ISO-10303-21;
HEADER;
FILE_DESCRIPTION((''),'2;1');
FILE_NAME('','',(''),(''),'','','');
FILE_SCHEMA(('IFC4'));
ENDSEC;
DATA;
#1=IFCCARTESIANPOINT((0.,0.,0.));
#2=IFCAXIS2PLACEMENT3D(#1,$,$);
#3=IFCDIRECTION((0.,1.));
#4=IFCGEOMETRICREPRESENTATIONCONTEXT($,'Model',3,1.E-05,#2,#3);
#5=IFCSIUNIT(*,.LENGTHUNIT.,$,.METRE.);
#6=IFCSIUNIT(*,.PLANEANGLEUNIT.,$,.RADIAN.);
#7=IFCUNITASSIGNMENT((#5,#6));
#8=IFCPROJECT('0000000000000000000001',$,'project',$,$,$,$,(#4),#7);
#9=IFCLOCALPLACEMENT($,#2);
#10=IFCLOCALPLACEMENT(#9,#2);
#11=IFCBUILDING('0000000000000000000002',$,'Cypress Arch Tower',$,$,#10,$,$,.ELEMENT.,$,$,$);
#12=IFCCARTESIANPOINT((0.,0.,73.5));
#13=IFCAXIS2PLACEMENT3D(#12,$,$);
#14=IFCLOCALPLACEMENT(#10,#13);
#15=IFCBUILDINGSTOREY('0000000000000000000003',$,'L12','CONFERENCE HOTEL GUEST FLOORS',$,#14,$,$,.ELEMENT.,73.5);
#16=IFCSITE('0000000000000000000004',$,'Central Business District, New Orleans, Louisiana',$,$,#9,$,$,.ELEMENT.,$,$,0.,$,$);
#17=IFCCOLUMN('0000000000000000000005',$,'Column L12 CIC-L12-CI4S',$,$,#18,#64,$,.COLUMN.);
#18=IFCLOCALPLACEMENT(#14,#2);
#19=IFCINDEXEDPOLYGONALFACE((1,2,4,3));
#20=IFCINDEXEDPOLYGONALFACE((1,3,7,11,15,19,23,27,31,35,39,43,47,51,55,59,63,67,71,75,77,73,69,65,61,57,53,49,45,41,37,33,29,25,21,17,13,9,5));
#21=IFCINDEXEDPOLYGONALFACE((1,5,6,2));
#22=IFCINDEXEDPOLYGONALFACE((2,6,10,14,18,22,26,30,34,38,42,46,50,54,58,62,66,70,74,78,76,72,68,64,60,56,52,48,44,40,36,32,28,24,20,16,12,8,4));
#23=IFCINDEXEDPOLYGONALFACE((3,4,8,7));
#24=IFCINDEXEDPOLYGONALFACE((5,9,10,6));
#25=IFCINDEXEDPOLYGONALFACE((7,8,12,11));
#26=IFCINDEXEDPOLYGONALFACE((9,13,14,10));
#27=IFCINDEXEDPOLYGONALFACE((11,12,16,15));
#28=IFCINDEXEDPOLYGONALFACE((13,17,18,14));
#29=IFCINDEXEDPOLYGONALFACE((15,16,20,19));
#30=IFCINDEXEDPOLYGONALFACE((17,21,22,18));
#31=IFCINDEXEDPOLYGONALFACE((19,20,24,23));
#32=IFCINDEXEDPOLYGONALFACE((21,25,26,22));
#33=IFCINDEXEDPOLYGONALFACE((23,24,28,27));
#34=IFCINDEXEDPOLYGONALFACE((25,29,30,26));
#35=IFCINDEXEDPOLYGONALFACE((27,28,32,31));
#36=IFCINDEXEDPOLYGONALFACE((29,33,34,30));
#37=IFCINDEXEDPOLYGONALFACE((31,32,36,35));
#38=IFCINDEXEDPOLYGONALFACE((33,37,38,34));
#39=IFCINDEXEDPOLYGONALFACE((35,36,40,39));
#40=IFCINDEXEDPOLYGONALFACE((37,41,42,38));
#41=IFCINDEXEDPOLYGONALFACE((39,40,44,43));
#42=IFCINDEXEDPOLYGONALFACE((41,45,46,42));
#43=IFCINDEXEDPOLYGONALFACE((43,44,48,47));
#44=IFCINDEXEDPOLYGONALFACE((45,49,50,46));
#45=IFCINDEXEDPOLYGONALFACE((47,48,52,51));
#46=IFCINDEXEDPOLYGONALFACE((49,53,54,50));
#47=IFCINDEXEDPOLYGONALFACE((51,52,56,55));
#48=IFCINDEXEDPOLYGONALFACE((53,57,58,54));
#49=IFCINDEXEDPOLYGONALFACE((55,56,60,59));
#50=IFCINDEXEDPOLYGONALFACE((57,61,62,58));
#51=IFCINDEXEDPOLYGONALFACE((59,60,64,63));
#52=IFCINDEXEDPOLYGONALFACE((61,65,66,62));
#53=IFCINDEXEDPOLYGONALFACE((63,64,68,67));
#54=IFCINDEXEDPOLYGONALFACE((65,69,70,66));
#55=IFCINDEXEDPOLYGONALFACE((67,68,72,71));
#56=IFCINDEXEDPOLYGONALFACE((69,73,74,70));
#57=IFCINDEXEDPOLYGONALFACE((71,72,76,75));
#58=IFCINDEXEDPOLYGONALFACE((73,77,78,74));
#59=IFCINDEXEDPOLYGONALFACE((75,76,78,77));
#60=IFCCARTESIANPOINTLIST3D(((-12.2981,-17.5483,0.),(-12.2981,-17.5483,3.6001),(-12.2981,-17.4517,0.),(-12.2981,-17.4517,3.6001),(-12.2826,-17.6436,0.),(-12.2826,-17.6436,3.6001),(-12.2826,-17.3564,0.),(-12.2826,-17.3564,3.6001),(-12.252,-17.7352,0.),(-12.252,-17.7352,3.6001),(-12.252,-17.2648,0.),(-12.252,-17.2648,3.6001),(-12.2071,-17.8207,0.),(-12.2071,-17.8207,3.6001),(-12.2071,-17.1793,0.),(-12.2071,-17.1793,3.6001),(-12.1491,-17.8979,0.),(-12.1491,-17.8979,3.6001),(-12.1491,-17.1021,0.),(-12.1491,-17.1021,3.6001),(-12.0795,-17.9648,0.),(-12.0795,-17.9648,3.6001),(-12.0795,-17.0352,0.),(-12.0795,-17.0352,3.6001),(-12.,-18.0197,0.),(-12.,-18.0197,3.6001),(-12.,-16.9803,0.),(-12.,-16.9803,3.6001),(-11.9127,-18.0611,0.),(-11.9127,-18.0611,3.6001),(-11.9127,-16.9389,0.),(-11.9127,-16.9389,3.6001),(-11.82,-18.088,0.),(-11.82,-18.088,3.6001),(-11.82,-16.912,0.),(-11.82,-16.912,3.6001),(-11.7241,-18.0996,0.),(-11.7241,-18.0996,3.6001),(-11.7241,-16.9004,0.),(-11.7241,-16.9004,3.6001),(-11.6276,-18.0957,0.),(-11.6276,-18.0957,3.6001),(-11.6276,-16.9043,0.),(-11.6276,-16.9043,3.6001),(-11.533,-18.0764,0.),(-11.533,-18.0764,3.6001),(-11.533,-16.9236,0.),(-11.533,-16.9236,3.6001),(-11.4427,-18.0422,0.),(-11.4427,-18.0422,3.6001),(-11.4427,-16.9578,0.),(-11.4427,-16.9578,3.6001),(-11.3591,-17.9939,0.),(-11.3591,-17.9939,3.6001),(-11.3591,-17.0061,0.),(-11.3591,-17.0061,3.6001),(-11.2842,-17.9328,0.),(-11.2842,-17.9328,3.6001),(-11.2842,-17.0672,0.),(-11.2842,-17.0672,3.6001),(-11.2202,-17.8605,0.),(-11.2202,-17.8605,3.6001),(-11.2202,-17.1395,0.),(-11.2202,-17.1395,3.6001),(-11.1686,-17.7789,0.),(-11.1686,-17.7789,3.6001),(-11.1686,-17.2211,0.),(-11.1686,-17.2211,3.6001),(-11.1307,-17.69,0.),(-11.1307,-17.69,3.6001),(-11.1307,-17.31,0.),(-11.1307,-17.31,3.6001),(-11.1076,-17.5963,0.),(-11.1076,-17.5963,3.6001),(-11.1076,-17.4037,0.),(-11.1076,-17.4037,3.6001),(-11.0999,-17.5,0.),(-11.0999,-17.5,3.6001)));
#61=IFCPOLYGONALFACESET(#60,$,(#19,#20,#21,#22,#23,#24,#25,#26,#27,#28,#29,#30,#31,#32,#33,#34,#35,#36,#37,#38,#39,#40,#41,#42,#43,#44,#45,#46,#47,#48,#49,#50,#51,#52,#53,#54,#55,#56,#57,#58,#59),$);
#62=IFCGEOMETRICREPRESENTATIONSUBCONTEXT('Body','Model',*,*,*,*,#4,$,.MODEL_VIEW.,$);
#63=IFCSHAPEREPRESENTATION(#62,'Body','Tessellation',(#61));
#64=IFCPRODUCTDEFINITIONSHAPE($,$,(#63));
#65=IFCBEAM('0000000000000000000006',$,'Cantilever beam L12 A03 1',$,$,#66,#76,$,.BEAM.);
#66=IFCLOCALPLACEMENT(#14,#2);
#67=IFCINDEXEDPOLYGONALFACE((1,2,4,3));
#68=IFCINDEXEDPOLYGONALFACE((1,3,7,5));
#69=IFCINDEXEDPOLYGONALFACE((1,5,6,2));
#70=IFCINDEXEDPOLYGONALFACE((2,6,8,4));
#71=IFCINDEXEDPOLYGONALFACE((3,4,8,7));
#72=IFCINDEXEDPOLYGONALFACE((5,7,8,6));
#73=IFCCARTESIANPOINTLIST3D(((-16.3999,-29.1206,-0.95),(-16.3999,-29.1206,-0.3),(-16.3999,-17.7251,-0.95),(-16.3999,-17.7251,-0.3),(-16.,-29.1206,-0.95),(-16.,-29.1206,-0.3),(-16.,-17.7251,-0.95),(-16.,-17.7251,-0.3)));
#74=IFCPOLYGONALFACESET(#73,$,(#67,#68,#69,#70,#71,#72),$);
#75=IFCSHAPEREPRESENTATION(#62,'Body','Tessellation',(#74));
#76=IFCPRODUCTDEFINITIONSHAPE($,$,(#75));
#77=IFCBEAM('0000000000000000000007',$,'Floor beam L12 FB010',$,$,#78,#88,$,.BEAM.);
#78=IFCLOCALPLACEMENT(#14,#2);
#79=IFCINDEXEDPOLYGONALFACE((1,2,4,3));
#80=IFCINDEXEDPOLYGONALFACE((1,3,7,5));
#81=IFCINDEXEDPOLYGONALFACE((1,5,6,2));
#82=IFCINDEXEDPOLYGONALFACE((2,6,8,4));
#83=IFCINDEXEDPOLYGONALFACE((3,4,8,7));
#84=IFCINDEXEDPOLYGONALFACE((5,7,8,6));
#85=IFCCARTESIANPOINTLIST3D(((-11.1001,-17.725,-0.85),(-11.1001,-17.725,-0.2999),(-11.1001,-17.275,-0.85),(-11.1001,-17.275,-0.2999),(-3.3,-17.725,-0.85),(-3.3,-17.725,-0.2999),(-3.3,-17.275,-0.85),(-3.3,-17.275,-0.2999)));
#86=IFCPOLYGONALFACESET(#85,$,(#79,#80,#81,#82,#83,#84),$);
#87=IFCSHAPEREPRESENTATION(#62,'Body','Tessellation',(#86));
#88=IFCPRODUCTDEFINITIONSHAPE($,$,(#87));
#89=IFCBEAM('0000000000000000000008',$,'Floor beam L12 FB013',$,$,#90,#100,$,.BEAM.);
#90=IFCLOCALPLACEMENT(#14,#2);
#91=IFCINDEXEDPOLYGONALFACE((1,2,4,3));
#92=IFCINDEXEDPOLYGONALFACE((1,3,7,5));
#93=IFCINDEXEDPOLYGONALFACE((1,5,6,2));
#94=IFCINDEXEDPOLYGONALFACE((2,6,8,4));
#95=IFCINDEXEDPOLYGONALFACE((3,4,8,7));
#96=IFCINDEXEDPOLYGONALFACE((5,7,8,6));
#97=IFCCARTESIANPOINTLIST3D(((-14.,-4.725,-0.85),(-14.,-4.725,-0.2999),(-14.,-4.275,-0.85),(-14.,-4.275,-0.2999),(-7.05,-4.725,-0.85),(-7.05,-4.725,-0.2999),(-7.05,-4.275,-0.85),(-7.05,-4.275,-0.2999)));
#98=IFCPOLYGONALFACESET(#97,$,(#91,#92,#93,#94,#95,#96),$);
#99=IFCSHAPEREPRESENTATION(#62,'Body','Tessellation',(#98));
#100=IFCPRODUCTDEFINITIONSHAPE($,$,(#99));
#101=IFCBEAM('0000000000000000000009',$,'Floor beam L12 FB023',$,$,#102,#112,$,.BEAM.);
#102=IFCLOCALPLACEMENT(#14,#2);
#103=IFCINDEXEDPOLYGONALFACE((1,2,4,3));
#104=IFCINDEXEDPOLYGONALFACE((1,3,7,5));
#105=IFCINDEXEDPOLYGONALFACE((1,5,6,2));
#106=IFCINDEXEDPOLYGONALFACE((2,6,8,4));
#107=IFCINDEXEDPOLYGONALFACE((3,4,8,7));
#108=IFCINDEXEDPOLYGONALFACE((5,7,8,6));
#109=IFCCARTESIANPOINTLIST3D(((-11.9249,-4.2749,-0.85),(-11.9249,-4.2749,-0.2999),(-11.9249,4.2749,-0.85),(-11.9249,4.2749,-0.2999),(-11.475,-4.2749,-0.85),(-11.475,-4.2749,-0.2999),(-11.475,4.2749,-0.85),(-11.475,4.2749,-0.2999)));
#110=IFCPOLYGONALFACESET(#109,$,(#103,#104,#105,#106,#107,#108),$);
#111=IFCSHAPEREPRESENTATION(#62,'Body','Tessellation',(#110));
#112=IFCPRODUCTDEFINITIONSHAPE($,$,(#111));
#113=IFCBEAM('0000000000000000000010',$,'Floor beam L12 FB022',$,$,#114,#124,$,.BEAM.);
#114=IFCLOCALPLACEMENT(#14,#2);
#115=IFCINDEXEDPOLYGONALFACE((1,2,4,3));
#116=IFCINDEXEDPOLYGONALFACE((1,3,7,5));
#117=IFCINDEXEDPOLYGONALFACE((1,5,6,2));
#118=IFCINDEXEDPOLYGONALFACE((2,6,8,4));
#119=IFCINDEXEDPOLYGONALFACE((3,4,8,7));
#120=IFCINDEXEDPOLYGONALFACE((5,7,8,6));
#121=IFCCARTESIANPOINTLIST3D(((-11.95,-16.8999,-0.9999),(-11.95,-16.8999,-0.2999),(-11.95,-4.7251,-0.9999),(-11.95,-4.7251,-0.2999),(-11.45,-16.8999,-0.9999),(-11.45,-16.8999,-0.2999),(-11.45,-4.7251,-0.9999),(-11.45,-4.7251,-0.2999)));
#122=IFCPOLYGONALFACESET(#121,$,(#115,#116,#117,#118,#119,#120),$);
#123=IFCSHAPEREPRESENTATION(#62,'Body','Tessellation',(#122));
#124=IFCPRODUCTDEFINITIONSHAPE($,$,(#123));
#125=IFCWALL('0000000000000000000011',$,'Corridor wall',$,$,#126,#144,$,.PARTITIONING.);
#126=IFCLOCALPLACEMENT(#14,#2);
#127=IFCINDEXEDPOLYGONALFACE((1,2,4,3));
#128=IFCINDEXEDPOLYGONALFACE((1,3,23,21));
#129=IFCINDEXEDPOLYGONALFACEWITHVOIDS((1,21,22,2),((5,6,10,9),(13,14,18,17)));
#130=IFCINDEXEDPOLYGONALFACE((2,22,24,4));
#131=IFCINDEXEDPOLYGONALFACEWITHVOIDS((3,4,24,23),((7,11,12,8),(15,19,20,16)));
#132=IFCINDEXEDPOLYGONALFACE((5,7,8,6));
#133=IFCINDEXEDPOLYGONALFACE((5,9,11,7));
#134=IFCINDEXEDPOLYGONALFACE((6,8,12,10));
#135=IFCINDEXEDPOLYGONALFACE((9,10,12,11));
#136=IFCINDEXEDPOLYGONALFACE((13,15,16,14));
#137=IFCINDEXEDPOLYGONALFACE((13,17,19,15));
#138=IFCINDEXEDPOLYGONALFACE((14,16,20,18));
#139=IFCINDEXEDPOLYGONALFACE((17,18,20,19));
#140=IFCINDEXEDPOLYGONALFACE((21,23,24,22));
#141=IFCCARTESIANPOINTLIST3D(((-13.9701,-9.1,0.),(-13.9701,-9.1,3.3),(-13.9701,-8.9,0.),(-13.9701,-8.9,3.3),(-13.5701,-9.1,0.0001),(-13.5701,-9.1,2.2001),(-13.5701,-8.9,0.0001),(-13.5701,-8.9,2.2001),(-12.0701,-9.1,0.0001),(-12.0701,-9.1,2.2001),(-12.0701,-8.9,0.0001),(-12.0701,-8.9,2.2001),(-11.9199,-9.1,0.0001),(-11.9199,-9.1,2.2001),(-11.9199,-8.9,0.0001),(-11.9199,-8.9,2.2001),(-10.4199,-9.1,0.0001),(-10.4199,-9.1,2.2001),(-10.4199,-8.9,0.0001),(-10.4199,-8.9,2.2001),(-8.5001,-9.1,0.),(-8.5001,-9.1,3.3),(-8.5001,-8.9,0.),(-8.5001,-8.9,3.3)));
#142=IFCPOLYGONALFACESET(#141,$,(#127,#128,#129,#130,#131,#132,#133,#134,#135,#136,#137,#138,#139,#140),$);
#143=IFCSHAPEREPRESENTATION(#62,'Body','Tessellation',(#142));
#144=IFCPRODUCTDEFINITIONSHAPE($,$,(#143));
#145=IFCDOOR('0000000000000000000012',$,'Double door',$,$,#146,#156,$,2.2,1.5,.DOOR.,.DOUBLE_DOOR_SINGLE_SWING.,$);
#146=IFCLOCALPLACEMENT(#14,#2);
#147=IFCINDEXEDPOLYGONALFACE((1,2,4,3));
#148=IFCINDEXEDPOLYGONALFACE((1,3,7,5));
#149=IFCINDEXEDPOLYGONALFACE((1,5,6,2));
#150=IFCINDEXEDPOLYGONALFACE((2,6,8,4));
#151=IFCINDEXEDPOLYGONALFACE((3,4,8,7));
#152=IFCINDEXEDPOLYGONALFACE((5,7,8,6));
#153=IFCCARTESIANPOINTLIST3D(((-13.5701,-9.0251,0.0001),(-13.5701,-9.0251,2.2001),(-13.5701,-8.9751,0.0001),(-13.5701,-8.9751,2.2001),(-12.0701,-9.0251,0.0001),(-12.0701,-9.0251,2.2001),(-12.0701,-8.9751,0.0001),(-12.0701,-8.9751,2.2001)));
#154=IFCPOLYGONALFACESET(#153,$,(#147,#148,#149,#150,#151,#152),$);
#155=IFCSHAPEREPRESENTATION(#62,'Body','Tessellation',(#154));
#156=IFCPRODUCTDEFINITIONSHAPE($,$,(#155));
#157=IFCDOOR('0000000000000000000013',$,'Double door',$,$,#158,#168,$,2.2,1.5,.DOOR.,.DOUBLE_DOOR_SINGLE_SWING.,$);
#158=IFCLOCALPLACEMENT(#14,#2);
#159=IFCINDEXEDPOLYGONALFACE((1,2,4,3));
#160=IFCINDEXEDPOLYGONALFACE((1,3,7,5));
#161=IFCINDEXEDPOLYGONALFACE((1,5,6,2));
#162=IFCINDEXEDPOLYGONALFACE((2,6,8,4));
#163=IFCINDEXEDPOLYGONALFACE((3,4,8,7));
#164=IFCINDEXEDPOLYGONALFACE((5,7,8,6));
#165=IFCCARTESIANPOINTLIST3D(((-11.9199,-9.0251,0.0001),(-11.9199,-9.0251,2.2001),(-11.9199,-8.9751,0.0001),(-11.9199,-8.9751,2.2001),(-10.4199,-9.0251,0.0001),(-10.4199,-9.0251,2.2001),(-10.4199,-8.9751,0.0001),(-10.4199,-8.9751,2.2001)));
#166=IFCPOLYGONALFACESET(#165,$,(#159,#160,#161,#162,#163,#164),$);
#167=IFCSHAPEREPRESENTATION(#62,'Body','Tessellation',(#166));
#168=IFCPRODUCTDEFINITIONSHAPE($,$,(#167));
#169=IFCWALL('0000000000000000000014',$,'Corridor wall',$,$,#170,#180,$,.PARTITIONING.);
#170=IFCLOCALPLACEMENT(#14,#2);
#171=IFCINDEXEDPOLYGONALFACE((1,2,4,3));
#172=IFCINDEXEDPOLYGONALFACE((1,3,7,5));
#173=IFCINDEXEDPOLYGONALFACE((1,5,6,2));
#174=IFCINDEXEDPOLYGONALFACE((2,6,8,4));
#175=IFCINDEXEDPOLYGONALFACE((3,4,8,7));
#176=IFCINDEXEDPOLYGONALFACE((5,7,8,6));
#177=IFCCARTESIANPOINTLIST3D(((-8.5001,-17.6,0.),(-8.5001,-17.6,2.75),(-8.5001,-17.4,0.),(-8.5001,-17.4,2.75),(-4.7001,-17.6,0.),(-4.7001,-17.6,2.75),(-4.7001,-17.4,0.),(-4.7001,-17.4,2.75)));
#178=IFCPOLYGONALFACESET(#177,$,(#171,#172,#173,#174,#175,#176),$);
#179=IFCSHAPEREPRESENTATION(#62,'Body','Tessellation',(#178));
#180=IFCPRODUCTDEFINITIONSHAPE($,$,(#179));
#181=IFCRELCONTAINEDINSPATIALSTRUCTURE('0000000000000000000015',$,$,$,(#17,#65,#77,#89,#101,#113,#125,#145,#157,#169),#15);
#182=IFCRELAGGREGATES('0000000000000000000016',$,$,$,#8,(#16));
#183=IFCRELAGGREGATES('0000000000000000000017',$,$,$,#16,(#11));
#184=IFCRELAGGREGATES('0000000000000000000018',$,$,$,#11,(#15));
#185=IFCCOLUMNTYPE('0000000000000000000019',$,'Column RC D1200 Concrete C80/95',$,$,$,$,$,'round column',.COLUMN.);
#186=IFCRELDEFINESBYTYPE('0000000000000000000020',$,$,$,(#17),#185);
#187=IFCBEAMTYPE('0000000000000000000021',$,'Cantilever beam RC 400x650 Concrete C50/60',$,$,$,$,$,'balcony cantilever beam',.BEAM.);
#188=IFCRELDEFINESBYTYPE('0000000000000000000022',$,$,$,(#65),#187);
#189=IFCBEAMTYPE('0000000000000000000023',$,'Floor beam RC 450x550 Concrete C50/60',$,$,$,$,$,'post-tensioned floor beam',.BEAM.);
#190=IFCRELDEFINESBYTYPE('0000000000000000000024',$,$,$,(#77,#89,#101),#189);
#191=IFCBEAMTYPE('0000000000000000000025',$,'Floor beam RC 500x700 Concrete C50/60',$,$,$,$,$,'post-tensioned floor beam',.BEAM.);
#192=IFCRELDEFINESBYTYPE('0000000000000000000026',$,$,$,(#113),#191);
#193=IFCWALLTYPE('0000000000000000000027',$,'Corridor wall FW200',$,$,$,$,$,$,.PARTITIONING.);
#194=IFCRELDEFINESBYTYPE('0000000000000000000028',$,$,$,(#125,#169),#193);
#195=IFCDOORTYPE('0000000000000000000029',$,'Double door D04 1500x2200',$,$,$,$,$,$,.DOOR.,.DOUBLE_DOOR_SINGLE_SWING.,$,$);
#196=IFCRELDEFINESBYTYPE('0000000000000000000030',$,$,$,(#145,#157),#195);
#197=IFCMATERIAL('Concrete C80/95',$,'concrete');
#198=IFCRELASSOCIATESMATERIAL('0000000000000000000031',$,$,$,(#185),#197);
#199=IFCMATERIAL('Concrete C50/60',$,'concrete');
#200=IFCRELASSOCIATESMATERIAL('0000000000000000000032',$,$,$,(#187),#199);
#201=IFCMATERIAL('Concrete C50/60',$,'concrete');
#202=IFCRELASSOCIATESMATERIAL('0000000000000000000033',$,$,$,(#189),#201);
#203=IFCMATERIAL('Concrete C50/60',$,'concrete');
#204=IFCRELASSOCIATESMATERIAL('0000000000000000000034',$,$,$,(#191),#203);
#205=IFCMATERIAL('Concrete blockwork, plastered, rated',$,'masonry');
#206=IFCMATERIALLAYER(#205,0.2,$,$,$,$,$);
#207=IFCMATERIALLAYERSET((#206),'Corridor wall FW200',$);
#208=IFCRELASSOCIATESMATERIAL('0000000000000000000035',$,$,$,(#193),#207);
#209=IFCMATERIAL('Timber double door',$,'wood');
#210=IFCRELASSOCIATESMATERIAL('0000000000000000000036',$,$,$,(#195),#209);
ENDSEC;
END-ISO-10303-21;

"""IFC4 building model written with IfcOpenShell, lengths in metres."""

from ifc_helpers import new_model, si_unit, direction, frame, frame_2d, origin, origin_2d, place, context, subcontext, project, spatial, rectangle, circle, extrude, material, layer, layer_set, material_profile, profile_set, type_object, element, fill, save


model = new_model("IFC4")

# Units and contexts
model_context = context("Model", 3, precision=1e-05, world=origin(), true_north=direction((0.0, 1.0)))
body_context = subcontext(model_context, "Body", "Model", "MODEL_VIEW")
ifc_project = project(units=[si_unit("LENGTHUNIT", "METRE"), si_unit("PLANEANGLEUNIT", "RADIAN")], contexts=[model_context])

# Site, building, storey
site_placement = place(None, origin())
site = spatial("IfcSite", under=ifc_project, at=site_placement, Name="Central Business District, New Orleans, Louisiana", CompositionType="ELEMENT", RefElevation=0.0)
building_placement = place(site_placement, origin())
building = spatial("IfcBuilding", under=site, at=building_placement, Name="Cypress Arch Tower", CompositionType="ELEMENT")
storey_placement = place(building_placement, frame((0.0, 0.0, 73.5)))
storey = spatial("IfcBuildingStorey", under=building, at=storey_placement, Name="L12", Description="CONFERENCE HOTEL GUEST FLOORS", CompositionType="ELEMENT", Elevation=73.5)

# Column
ifc_material_1 = material(Name="Concrete C80/95", Category="concrete")
ifc_material_profile_1 = material_profile(ifc_material_1, circle(Radius=0.6001, at=origin_2d()), Name="RC D1200")
ifc_profile_set_1 = profile_set([ifc_material_profile_1], Name="Concrete C80/95")
column_type = type_object("IfcColumnType", Name="Column RC D1200 Concrete C80/95", ElementType="round column", PredefinedType="COLUMN", material=ifc_profile_set_1)
column_placement = place(storey_placement, frame((-11.7, -17.5, 0.0), z_axis=(0.0, 0.0, 1.0), x_axis=(1.0, 0.0, 0.0)))
element("IfcColumn", 1, at=column_placement, inside=storey, type_object=column_type, Name="Column L12 CIC-L12-CI4S", PredefinedType="COLUMN", context=body_context, shape_type="SweptSolid", body=[
    extrude(circle(Radius=0.6001, at=origin_2d()), origin(), (0.0, 0.0, 1.0), 3.6001),
])

# Beams
ifc_material_2 = material(Name="Concrete C50/60", Category="concrete")
ifc_material_profile_2 = material_profile(ifc_material_2, rectangle(XDim=0.3999, YDim=0.6499, at=origin_2d()), Name="RC 400x650")
ifc_profile_set_2 = profile_set([ifc_material_profile_2], Name="Concrete C50/60")
beam_type_1 = type_object("IfcBeamType", Name="Cantilever beam RC 400x650 Concrete C50/60", ElementType="balcony cantilever beam", PredefinedType="BEAM", material=ifc_profile_set_2)
beam_1_placement = place(storey_placement, frame((-16.2, -17.7251, -0.625), z_axis=(0.0, -1.0, 0.0), x_axis=(1.0, 0.0, 0.0)))
element("IfcBeam", 2, at=beam_1_placement, inside=storey, type_object=beam_type_1, Name="Cantilever beam L12 A03 1", PredefinedType="BEAM", context=body_context, shape_type="SweptSolid", body=[
    extrude(rectangle(XDim=0.3999, YDim=0.6499, at=origin_2d()), origin(), (0.0, 0.0, 1.0), 11.3955),
])
ifc_material_3 = material(Name="Concrete C50/60", Category="concrete")
ifc_material_profile_3 = material_profile(ifc_material_3, rectangle(XDim=0.45, YDim=0.55, at=origin_2d()), Name="RC 450x550")
ifc_profile_set_3 = profile_set([ifc_material_profile_3], Name="Concrete C50/60")
beam_type_2 = type_object("IfcBeamType", Name="Floor beam RC 450x550 Concrete C50/60", ElementType="post-tensioned floor beam", PredefinedType="BEAM", material=ifc_profile_set_3)
beam_2_placement = place(storey_placement, frame((-11.1001, -17.5, -0.575), z_axis=(1.0, 0.0, 0.0), x_axis=(0.0, 1.0, 0.0)))
element("IfcBeam", 3, at=beam_2_placement, inside=storey, type_object=beam_type_2, Name="Floor beam L12 FB010", PredefinedType="BEAM", context=body_context, shape_type="SweptSolid", body=[
    extrude(rectangle(XDim=0.45, YDim=0.55, at=origin_2d()), origin(), (0.0, 0.0, 1.0), 7.8),
])
beam_3_placement = place(storey_placement, frame((-14.0, -4.5, -0.575), z_axis=(1.0, 0.0, 0.0), x_axis=(0.0, 1.0, 0.0)))
element("IfcBeam", 4, at=beam_3_placement, inside=storey, type_object=beam_type_2, Name="Floor beam L12 FB013", PredefinedType="BEAM", context=body_context, shape_type="SweptSolid", body=[
    extrude(rectangle(XDim=0.45, YDim=0.55, at=origin_2d()), origin(), (0.0, 0.0, 1.0), 6.95),
])
beam_4_placement = place(storey_placement, frame((-11.7, -4.2749, -0.575), z_axis=(0.0, 1.0, 0.0), x_axis=(-1.0, 0.0, 0.0)))
element("IfcBeam", 5, at=beam_4_placement, inside=storey, type_object=beam_type_2, Name="Floor beam L12 FB023", PredefinedType="BEAM", context=body_context, shape_type="SweptSolid", body=[
    extrude(rectangle(XDim=0.45, YDim=0.55, at=origin_2d()), origin(), (0.0, 0.0, 1.0), 8.5498),
])
ifc_material_4 = material(Name="Concrete C50/60", Category="concrete")
ifc_material_profile_4 = material_profile(ifc_material_4, rectangle(XDim=0.5, YDim=0.7, at=origin_2d()), Name="RC 500x700")
ifc_profile_set_4 = profile_set([ifc_material_profile_4], Name="Concrete C50/60")
beam_type_3 = type_object("IfcBeamType", Name="Floor beam RC 500x700 Concrete C50/60", ElementType="post-tensioned floor beam", PredefinedType="BEAM", material=ifc_profile_set_4)
beam_5_placement = place(storey_placement, frame((-11.7, -16.8999, -0.6499), z_axis=(0.0, 1.0, 0.0), x_axis=(-1.0, 0.0, 0.0)))
element("IfcBeam", 6, at=beam_5_placement, inside=storey, type_object=beam_type_3, Name="Floor beam L12 FB022", PredefinedType="BEAM", context=body_context, shape_type="SweptSolid", body=[
    extrude(rectangle(XDim=0.5, YDim=0.7, at=origin_2d()), origin(), (0.0, 0.0, 1.0), 12.1748),
])

# Wall, openings, doors
ifc_material_5 = material(Name="Concrete blockwork, plastered, rated", Category="masonry")
ifc_layer_1 = layer(ifc_material_5, 0.2)
ifc_layer_set_1 = layer_set([ifc_layer_1], Name="Corridor wall FW200")
wall_type_1 = type_object("IfcWallType", Name="Corridor wall FW200", PredefinedType="PARTITIONING", material=ifc_layer_set_1)
wall_1_placement = place(storey_placement, frame((-13.97, -9.0, 0.0), z_axis=(0.0, 0.0, 1.0), x_axis=(1.0, 0.0, 0.0)))
wall_1 = element("IfcWall", 7, at=wall_1_placement, inside=storey, type_object=wall_type_1, Name="Corridor wall", PredefinedType="PARTITIONING", context=body_context, shape_type="SweptSolid", body=[
    extrude(rectangle(XDim=5.47, YDim=0.2, at=frame_2d((2.7349, 0.0))), origin(), (0.0, 0.0, 1.0), 3.3),
])
opening_1_placement = place(wall_1_placement, frame((0.3999, 0.0, 0.0)))
opening_1 = element("IfcOpeningElement", 8, at=opening_1_placement, cuts=wall_1, PredefinedType="OPENING", context=body_context, shape_type="SweptSolid", body=[
    extrude(rectangle(XDim=1.5, YDim=2.2, at=frame_2d((0.75, 1.1001))), frame((0.0, 0.1099, 0.0), z_axis=(0.0, -1.0, 0.0), x_axis=(1.0, 0.0, 0.0)), (0.0, 0.0, 1.0), 0.22),
])
opening_2_placement = place(wall_1_placement, frame((2.05, 0.0, 0.0)))
opening_2 = element("IfcOpeningElement", 9, at=opening_2_placement, cuts=wall_1, PredefinedType="OPENING", context=body_context, shape_type="SweptSolid", body=[
    extrude(rectangle(XDim=1.5, YDim=2.2, at=frame_2d((0.75, 1.1001))), frame((0.0, 0.1099, 0.0), z_axis=(0.0, -1.0, 0.0), x_axis=(1.0, 0.0, 0.0)), (0.0, 0.0, 1.0), 0.22),
])
ifc_material_6 = material(Name="Timber double door", Category="wood")
door_type_1 = type_object("IfcDoorType", Name="Double door D04 1500x2200", OperationType="DOUBLE_DOOR_SINGLE_SWING", PredefinedType="DOOR", material=ifc_material_6)
door_1_placement = place(opening_1_placement, origin())
door_1 = element("IfcDoor", 10, at=door_1_placement, inside=storey, type_object=door_type_1, Name="Double door", OperationType="DOUBLE_DOOR_SINGLE_SWING", OverallHeight=2.2, OverallWidth=1.5, PredefinedType="DOOR", context=body_context, shape_type="SweptSolid", body=[
    extrude(rectangle(XDim=1.5, YDim=2.2, at=frame_2d((0.75, 1.1001))), frame((0.0, 0.0249, 0.0), z_axis=(0.0, -1.0, 0.0), x_axis=(1.0, 0.0, 0.0)), (0.0, 0.0, 1.0), 0.05),
])
fill(opening_1, door_1)
door_2_placement = place(opening_2_placement, origin())
door_2 = element("IfcDoor", 11, at=door_2_placement, inside=storey, type_object=door_type_1, Name="Double door", OperationType="DOUBLE_DOOR_SINGLE_SWING", OverallHeight=2.2, OverallWidth=1.5, PredefinedType="DOOR", context=body_context, shape_type="SweptSolid", body=[
    extrude(rectangle(XDim=1.5, YDim=2.2, at=frame_2d((0.75, 1.1001))), frame((0.0, 0.0249, 0.0), z_axis=(0.0, -1.0, 0.0), x_axis=(1.0, 0.0, 0.0)), (0.0, 0.0, 1.0), 0.05),
])
fill(opening_2, door_2)

# Wall
wall_2_placement = place(storey_placement, frame((-8.5, -17.5, 0.0), z_axis=(0.0, 0.0, 1.0), x_axis=(1.0, 0.0, 0.0)))
element("IfcWall", 12, at=wall_2_placement, inside=storey, type_object=wall_type_1, Name="Corridor wall", PredefinedType="PARTITIONING", context=body_context, shape_type="SweptSolid", body=[
    extrude(rectangle(XDim=3.8, YDim=0.2, at=frame_2d((1.8999, 0.0))), origin(), (0.0, 0.0, 1.0), 2.75),
])

save(model, "model.ifc")
